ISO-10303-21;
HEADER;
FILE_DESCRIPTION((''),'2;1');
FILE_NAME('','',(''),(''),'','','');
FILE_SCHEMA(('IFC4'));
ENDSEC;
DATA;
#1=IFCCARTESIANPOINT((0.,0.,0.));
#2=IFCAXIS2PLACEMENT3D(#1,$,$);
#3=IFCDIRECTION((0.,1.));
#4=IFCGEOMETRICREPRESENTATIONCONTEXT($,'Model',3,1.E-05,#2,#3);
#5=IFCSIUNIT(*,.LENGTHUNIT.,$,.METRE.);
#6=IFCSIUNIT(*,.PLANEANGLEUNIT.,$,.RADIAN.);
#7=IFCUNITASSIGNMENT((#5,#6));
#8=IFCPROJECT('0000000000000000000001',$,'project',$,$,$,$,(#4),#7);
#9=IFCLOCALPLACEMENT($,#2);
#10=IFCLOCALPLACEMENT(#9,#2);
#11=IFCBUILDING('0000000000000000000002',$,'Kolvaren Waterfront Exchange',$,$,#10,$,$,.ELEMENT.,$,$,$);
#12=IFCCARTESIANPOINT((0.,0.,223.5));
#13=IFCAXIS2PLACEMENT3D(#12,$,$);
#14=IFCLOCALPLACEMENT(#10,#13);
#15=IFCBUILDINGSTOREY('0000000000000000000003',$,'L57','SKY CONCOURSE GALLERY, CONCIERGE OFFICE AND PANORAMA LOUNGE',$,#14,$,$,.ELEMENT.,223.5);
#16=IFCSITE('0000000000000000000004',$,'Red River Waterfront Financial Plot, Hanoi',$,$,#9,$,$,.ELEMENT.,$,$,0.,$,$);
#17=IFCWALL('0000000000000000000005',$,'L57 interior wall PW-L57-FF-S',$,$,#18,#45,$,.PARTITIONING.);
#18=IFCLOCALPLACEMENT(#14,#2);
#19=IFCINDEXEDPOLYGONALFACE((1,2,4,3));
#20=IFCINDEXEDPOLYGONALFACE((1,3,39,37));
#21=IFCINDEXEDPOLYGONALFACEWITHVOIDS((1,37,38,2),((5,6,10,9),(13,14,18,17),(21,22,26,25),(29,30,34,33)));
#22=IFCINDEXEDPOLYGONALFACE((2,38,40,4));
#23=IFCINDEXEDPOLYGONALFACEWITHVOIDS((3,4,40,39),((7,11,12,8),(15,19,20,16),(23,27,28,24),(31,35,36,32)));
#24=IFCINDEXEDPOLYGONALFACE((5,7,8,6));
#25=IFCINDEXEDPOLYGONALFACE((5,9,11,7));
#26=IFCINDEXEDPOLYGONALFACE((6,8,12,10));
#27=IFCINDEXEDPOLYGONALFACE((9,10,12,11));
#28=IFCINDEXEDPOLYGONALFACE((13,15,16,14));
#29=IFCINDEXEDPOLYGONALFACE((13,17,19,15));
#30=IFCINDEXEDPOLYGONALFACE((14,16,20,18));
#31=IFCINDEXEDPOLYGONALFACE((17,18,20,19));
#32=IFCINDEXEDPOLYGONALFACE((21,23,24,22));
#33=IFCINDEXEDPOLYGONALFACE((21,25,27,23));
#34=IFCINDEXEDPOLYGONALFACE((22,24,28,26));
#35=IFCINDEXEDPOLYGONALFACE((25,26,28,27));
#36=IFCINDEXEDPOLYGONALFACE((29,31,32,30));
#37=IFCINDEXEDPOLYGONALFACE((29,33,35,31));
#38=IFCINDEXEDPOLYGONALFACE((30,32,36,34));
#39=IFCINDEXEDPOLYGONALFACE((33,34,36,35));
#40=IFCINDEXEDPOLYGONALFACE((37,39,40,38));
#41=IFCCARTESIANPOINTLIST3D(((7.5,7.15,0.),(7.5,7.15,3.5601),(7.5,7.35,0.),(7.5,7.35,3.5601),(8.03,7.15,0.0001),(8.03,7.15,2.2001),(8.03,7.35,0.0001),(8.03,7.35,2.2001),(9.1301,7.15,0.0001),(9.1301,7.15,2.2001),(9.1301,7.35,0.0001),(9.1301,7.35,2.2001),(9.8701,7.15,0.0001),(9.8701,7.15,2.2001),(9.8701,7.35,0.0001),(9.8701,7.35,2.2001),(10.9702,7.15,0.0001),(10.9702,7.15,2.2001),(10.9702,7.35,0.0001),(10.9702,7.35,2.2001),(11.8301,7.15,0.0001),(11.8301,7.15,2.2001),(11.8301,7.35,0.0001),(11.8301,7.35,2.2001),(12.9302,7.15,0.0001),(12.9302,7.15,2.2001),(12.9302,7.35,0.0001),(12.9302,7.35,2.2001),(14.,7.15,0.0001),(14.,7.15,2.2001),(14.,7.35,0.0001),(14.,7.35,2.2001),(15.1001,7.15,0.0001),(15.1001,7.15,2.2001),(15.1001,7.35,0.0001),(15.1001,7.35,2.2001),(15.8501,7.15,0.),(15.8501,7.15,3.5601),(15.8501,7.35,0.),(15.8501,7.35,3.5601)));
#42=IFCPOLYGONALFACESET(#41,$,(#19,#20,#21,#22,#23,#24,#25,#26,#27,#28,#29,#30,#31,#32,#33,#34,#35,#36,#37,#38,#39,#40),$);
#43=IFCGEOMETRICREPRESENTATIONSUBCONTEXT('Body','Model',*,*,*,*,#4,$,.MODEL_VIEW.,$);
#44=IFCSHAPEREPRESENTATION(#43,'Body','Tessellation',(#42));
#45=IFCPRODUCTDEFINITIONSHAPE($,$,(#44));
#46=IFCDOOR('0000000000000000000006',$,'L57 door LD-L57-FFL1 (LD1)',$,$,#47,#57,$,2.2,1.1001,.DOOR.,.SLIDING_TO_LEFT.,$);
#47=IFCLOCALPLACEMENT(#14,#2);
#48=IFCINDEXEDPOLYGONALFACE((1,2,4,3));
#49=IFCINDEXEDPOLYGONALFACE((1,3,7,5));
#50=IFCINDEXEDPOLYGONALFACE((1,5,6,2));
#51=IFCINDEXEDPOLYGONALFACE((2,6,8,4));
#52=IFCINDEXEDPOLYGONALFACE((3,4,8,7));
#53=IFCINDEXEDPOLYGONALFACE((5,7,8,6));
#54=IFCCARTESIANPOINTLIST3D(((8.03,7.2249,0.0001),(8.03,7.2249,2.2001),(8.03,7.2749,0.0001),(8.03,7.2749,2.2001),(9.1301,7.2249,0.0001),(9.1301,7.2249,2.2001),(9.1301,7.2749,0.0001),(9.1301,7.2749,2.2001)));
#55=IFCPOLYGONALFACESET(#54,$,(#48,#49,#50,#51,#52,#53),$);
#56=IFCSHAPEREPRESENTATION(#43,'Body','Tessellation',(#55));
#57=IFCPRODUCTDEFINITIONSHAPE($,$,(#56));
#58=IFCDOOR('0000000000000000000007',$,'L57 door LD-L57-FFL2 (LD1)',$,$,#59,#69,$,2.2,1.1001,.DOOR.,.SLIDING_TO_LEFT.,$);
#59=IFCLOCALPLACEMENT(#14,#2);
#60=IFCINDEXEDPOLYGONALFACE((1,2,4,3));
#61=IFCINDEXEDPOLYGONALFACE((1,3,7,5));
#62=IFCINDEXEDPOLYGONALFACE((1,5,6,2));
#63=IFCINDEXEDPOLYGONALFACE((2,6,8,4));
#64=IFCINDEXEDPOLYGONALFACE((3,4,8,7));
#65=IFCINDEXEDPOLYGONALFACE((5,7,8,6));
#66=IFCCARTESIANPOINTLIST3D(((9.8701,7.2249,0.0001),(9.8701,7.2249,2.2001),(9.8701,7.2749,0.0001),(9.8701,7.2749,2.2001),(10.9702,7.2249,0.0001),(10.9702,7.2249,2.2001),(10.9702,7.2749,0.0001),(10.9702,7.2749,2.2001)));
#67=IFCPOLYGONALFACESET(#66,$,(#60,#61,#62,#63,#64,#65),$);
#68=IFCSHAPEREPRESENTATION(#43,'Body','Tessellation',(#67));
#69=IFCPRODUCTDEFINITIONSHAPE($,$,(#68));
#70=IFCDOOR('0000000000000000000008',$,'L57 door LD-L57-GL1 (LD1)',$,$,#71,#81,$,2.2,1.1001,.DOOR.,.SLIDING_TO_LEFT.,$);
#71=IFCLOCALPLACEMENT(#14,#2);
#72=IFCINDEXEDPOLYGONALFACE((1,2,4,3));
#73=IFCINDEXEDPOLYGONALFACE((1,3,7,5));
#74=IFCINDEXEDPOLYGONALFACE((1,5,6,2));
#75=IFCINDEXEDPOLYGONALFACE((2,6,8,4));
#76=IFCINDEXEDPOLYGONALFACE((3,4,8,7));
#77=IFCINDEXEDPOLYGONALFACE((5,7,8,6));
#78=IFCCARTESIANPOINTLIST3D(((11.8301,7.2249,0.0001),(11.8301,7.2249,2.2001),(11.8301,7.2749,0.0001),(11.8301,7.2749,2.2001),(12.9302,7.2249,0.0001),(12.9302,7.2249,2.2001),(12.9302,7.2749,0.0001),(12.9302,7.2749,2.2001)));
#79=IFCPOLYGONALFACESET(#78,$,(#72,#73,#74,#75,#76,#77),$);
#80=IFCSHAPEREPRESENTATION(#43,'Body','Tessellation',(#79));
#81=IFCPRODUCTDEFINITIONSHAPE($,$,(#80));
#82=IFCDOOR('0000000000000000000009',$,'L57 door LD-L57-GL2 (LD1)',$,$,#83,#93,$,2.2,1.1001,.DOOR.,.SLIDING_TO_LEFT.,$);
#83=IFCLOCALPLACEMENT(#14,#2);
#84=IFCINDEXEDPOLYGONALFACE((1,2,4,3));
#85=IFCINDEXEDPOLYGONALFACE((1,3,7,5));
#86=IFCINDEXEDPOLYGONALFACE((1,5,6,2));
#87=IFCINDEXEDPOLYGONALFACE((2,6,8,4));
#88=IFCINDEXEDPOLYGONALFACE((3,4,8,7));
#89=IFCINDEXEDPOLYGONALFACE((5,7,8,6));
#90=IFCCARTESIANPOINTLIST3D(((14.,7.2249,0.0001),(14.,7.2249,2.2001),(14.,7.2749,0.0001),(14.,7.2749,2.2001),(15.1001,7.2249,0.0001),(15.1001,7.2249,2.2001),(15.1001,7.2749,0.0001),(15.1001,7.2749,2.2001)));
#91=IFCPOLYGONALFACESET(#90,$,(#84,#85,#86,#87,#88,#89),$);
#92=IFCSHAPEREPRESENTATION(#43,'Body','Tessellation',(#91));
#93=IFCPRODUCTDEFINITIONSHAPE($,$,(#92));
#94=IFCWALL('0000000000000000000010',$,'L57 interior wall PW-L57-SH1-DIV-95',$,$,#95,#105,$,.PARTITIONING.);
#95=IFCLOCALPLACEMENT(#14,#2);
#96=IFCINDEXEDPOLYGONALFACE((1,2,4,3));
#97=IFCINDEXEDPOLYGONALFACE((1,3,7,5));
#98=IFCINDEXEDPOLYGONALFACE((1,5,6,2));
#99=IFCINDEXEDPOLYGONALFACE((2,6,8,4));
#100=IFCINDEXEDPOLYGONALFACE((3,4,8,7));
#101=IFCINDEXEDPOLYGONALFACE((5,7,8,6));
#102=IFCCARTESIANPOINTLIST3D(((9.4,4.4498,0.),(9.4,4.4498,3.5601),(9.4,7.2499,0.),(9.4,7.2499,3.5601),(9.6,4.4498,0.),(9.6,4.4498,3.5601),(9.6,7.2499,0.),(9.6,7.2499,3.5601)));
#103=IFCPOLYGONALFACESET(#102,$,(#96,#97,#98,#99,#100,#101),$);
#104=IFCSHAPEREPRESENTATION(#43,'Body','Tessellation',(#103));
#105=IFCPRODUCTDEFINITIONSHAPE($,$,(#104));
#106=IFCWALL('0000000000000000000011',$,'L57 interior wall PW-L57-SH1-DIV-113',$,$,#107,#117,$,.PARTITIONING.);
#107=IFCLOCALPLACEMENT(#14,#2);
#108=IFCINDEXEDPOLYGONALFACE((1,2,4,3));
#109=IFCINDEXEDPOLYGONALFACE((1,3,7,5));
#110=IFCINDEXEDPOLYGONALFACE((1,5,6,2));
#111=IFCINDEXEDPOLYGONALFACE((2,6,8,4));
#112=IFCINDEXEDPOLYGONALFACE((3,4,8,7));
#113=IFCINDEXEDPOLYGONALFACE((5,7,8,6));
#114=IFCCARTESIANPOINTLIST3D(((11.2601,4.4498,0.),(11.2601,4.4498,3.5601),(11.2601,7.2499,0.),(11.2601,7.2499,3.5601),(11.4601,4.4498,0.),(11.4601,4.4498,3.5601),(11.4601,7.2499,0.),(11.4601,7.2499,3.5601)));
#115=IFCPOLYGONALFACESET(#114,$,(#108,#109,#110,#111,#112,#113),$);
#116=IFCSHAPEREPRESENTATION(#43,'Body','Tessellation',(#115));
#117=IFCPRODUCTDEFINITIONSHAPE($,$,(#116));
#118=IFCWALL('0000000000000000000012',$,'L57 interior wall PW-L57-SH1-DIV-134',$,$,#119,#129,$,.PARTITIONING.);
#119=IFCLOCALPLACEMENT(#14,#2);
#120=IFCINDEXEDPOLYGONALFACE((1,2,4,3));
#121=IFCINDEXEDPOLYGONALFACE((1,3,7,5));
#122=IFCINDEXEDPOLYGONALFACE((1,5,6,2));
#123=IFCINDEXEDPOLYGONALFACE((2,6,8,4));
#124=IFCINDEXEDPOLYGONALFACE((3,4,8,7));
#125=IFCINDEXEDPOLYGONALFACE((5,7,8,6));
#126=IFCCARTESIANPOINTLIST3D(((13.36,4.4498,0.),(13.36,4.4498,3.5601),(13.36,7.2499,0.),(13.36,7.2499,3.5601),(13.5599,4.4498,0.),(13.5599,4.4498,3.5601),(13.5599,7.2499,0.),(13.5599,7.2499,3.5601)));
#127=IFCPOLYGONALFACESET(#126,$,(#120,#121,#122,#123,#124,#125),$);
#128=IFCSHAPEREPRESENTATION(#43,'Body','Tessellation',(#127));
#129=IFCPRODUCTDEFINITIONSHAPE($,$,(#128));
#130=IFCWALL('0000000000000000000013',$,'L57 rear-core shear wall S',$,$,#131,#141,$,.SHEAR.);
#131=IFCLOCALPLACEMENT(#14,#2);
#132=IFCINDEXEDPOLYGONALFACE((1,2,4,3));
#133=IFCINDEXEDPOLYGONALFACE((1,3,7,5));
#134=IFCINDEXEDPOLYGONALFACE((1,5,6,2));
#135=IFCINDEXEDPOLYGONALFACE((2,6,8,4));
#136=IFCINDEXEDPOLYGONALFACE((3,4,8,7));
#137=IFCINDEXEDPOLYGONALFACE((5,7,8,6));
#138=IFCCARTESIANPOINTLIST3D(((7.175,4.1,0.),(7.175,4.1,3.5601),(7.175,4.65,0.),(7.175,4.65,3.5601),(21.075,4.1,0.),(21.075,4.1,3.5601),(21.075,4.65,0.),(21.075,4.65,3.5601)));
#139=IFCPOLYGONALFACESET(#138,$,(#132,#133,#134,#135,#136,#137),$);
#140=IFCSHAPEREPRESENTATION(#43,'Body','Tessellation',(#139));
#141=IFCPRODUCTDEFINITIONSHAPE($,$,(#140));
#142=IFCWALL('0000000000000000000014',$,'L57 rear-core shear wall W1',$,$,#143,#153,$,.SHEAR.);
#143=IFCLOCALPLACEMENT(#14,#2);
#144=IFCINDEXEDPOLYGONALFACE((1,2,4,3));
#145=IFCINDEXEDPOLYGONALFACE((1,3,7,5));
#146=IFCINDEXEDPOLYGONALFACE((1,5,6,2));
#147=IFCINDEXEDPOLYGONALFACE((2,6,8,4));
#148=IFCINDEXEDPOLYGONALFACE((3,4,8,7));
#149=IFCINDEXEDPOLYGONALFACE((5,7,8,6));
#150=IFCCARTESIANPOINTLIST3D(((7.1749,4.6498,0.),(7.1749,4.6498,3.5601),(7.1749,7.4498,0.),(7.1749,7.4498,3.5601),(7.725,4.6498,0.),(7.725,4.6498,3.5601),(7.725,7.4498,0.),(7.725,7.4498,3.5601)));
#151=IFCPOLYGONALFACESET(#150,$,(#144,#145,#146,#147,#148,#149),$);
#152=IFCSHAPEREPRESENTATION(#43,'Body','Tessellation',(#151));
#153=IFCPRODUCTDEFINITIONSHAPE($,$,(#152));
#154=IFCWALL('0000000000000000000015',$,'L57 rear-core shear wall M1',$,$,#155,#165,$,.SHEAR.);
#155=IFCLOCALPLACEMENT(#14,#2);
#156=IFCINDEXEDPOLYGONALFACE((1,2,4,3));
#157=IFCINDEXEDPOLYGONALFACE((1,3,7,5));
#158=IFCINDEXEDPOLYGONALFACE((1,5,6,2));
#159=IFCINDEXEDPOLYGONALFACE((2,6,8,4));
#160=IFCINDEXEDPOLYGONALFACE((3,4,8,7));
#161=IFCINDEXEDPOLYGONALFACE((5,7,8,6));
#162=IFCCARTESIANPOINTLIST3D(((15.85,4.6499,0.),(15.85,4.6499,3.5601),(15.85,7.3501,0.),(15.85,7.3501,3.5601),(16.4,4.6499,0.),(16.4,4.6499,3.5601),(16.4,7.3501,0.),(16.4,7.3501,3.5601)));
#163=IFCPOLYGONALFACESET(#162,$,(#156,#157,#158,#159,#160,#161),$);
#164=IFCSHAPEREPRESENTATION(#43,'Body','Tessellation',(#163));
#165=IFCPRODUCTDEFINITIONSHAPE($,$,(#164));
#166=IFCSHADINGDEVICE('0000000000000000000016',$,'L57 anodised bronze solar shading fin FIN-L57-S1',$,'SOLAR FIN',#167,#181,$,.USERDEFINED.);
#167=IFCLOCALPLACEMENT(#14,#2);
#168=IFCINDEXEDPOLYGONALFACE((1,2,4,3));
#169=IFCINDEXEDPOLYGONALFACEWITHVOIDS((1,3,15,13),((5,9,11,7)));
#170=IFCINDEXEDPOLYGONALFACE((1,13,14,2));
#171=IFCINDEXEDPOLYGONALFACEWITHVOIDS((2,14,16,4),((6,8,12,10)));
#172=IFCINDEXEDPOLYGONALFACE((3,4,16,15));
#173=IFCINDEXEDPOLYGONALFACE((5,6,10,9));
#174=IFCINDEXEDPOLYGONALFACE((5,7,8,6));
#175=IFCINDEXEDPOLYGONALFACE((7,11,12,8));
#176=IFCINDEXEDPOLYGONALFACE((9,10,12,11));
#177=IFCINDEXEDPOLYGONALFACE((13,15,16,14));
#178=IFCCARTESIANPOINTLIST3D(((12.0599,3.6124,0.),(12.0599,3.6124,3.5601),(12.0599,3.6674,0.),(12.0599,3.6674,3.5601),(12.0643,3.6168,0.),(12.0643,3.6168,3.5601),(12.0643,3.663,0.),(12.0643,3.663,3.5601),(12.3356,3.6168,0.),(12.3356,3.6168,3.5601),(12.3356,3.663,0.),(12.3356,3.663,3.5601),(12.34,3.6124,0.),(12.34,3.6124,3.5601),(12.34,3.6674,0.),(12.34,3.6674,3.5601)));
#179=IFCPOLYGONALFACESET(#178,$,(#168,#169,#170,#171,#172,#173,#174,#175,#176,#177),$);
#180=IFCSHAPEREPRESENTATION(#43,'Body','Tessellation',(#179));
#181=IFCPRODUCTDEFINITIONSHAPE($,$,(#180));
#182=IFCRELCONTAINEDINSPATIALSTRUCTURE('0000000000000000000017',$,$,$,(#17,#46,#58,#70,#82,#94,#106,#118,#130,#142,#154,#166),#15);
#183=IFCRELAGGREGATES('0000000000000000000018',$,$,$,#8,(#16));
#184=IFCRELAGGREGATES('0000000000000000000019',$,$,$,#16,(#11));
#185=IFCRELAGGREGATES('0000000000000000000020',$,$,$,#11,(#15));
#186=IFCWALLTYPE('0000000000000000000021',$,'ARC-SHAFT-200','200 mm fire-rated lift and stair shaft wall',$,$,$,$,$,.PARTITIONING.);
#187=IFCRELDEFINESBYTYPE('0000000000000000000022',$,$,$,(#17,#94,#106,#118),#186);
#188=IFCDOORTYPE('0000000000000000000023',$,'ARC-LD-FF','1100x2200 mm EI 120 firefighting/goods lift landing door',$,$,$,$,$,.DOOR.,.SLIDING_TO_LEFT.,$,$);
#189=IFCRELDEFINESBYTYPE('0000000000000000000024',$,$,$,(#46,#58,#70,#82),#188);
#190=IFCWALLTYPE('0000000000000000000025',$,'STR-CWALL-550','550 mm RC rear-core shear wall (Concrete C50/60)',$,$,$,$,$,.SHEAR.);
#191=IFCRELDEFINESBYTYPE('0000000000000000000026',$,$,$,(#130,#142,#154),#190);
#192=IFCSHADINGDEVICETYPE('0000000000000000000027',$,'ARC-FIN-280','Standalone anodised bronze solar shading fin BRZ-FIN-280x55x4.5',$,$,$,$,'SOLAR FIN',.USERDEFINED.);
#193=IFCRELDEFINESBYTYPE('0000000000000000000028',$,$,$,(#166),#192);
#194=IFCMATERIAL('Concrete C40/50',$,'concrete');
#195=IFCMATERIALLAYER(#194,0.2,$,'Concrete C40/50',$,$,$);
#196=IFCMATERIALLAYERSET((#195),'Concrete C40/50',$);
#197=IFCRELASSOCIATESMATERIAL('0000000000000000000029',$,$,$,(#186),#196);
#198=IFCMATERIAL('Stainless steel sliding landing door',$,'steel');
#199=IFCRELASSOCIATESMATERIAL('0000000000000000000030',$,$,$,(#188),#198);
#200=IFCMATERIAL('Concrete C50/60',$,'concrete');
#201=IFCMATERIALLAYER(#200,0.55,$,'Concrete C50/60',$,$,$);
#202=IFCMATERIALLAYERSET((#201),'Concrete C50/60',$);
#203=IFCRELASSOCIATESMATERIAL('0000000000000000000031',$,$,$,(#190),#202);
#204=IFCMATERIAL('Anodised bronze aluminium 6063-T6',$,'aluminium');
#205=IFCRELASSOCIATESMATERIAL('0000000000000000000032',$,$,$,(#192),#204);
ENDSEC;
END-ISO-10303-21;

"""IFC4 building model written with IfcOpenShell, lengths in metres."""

from ifc_helpers import new_model, si_unit, direction, frame, frame_2d, origin, origin_2d, place, context, subcontext, project, spatial, rectangle, hollow_rectangle, extrude, material, layer, layer_set, material_profile, profile_set, type_object, element, fill, save


model = new_model("IFC4")

# Units and contexts
model_context = context("Model", 3, precision=1e-05, world=origin(), true_north=direction((0.0, 1.0)))
body_context = subcontext(model_context, "Body", "Model", "MODEL_VIEW")
ifc_project = project(units=[si_unit("LENGTHUNIT", "METRE"), si_unit("PLANEANGLEUNIT", "RADIAN")], contexts=[model_context])

# Site, building, storey
site_placement = place(None, origin())
site = spatial("IfcSite", under=ifc_project, at=site_placement, Name="Red River Waterfront Financial Plot, Hanoi", CompositionType="ELEMENT", RefElevation=0.0)
building_placement = place(site_placement, origin())
building = spatial("IfcBuilding", under=site, at=building_placement, Name="Kolvaren Waterfront Exchange", CompositionType="ELEMENT")
storey_placement = place(building_placement, frame((0.0, 0.0, 223.5)))
storey = spatial("IfcBuildingStorey", under=building, at=storey_placement, Name="L57", Description="SKY CONCOURSE GALLERY, CONCIERGE OFFICE AND PANORAMA LOUNGE", CompositionType="ELEMENT", Elevation=223.5)

# Shared definitions
ifc_material_1 = material(Name="Concrete C50/60", Category="concrete")

# Shared definitions
ifc_material_2 = material(Name="Anodised bronze aluminium 6063-T6", Category="aluminium")

# Shared definitions
ifc_material_3 = material(Name="Concrete C40/50", Category="concrete")
ifc_layer_1 = layer(ifc_material_3, 0.2, Name="Concrete C40/50")
ifc_layer_set_1 = layer_set([ifc_layer_1], Name="Concrete C40/50")
wall_type_1 = type_object("IfcWallType", Name="ARC-SHAFT-200", Description="200 mm fire-rated lift and stair shaft wall", PredefinedType="PARTITIONING", material=ifc_layer_set_1)

# Wall, openings, doors
wall_1_placement = place(storey_placement, frame((7.5, 7.25, 0.0), z_axis=(0.0, 0.0, 1.0), x_axis=(1.0, 0.0, 0.0)))
wall_1 = element("IfcWall", 1, at=wall_1_placement, inside=storey, type_object=wall_type_1, Name="L57 interior wall PW-L57-FF-S", PredefinedType="PARTITIONING", context=body_context, shape_type="SweptSolid", body=[
    extrude(rectangle(XDim=8.3501, YDim=0.2, at=frame_2d((4.175, 0.0))), origin(), (0.0, 0.0, 1.0), 3.5601),
])
opening_1_placement = place(wall_1_placement, frame((0.53, 0.0, 0.0)))
opening_1 = element("IfcOpeningElement", 2, at=opening_1_placement, cuts=wall_1, PredefinedType="OPENING", context=body_context, shape_type="SweptSolid", body=[
    extrude(rectangle(XDim=1.1001, YDim=2.2, at=frame_2d((0.55, 1.1001))), frame((0.0, 0.1099, 0.0), z_axis=(0.0, -1.0, 0.0), x_axis=(1.0, 0.0, 0.0)), (0.0, 0.0, 1.0), 0.22),
])
opening_2_placement = place(wall_1_placement, frame((2.3701, 0.0, 0.0)))
opening_2 = element("IfcOpeningElement", 3, at=opening_2_placement, cuts=wall_1, PredefinedType="OPENING", context=body_context, shape_type="SweptSolid", body=[
    extrude(rectangle(XDim=1.1001, YDim=2.2, at=frame_2d((0.55, 1.1001))), frame((0.0, 0.1099, 0.0), z_axis=(0.0, -1.0, 0.0), x_axis=(1.0, 0.0, 0.0)), (0.0, 0.0, 1.0), 0.22),
])
opening_3_placement = place(wall_1_placement, frame((4.3301, 0.0, 0.0)))
opening_3 = element("IfcOpeningElement", 4, at=opening_3_placement, cuts=wall_1, PredefinedType="OPENING", context=body_context, shape_type="SweptSolid", body=[
    extrude(rectangle(XDim=1.1001, YDim=2.2, at=frame_2d((0.55, 1.1001))), frame((0.0, 0.1099, 0.0), z_axis=(0.0, -1.0, 0.0), x_axis=(1.0, 0.0, 0.0)), (0.0, 0.0, 1.0), 0.22),
])
opening_4_placement = place(wall_1_placement, frame((6.5, 0.0, 0.0)))
opening_4 = element("IfcOpeningElement", 5, at=opening_4_placement, cuts=wall_1, PredefinedType="OPENING", context=body_context, shape_type="SweptSolid", body=[
    extrude(rectangle(XDim=1.1001, YDim=2.2, at=frame_2d((0.55, 1.1001))), frame((0.0, 0.1099, 0.0), z_axis=(0.0, -1.0, 0.0), x_axis=(1.0, 0.0, 0.0)), (0.0, 0.0, 1.0), 0.22),
])
ifc_material_4 = material(Name="Stainless steel sliding landing door", Category="steel")
door_type = type_object("IfcDoorType", Name="ARC-LD-FF", Description="1100x2200 mm EI 120 firefighting/goods lift landing door", OperationType="SLIDING_TO_LEFT", PredefinedType="DOOR", material=ifc_material_4)
door_1_placement = place(opening_1_placement, origin())
door_1 = element("IfcDoor", 6, at=door_1_placement, inside=storey, type_object=door_type, Name="L57 door LD-L57-FFL1 (LD1)", OperationType="SLIDING_TO_LEFT", OverallHeight=2.2, OverallWidth=1.1001, PredefinedType="DOOR", context=body_context, shape_type="SweptSolid", body=[
    extrude(rectangle(XDim=1.1001, YDim=2.2, at=frame_2d((0.55, 1.1001))), frame((0.0, 0.0249, 0.0), z_axis=(0.0, -1.0, 0.0), x_axis=(1.0, 0.0, 0.0)), (0.0, 0.0, 1.0), 0.05),
])
fill(opening_1, door_1)
door_2_placement = place(opening_2_placement, origin())
door_2 = element("IfcDoor", 7, at=door_2_placement, inside=storey, type_object=door_type, Name="L57 door LD-L57-FFL2 (LD1)", OperationType="SLIDING_TO_LEFT", OverallHeight=2.2, OverallWidth=1.1001, PredefinedType="DOOR", context=body_context, shape_type="SweptSolid", body=[
    extrude(rectangle(XDim=1.1001, YDim=2.2, at=frame_2d((0.55, 1.1001))), frame((0.0, 0.0249, 0.0), z_axis=(0.0, -1.0, 0.0), x_axis=(1.0, 0.0, 0.0)), (0.0, 0.0, 1.0), 0.05),
])
fill(opening_2, door_2)
door_3_placement = place(opening_3_placement, origin())
door_3 = element("IfcDoor", 8, at=door_3_placement, inside=storey, type_object=door_type, Name="L57 door LD-L57-GL1 (LD1)", OperationType="SLIDING_TO_LEFT", OverallHeight=2.2, OverallWidth=1.1001, PredefinedType="DOOR", context=body_context, shape_type="SweptSolid", body=[
    extrude(rectangle(XDim=1.1001, YDim=2.2, at=frame_2d((0.55, 1.1001))), frame((0.0, 0.0249, 0.0), z_axis=(0.0, -1.0, 0.0), x_axis=(1.0, 0.0, 0.0)), (0.0, 0.0, 1.0), 0.05),
])
fill(opening_3, door_3)
door_4_placement = place(opening_4_placement, origin())
door_4 = element("IfcDoor", 9, at=door_4_placement, inside=storey, type_object=door_type, Name="L57 door LD-L57-GL2 (LD1)", OperationType="SLIDING_TO_LEFT", OverallHeight=2.2, OverallWidth=1.1001, PredefinedType="DOOR", context=body_context, shape_type="SweptSolid", body=[
    extrude(rectangle(XDim=1.1001, YDim=2.2, at=frame_2d((0.55, 1.1001))), frame((0.0, 0.0249, 0.0), z_axis=(0.0, -1.0, 0.0), x_axis=(1.0, 0.0, 0.0)), (0.0, 0.0, 1.0), 0.05),
])
fill(opening_4, door_4)

# Walls
for number, where, z_axis, x_axis, name in (
    (10, (9.5, 4.45, 0.0), (0.0, 0.0, 1.0), (0.0, 1.0, 0.0), "L57 interior wall PW-L57-SH1-DIV-95"),
    (11, (11.3601, 4.45, 0.0), (0.0, 0.0, 1.0), (0.0, 1.0, 0.0), "L57 interior wall PW-L57-SH1-DIV-113"),
    (12, (13.46, 4.45, 0.0), (0.0, 0.0, 1.0), (0.0, 1.0, 0.0), "L57 interior wall PW-L57-SH1-DIV-134"),
):
    element("IfcWall", number, at=place(storey_placement, frame(where, z_axis=z_axis, x_axis=x_axis)), inside=storey, type_object=wall_type_1, Name=name, PredefinedType="PARTITIONING", context=body_context, shape_type="SweptSolid", body=[
        extrude(rectangle(XDim=2.8, YDim=0.2, at=frame_2d((1.3999, 0.0))), origin(), (0.0, 0.0, 1.0), 3.5601),
    ])
ifc_layer_2 = layer(ifc_material_1, 0.55, Name="Concrete C50/60")
ifc_layer_set_2 = layer_set([ifc_layer_2], Name="Concrete C50/60")
wall_type_2 = type_object("IfcWallType", Name="STR-CWALL-550", Description="550 mm RC rear-core shear wall (Concrete C50/60)", PredefinedType="SHEAR", material=ifc_layer_set_2)
wall_2_placement = place(storey_placement, frame((7.175, 4.375, 0.0), z_axis=(0.0, 0.0, 1.0), x_axis=(1.0, 0.0, 0.0)))
element("IfcWall", 13, at=wall_2_placement, inside=storey, type_object=wall_type_2, Name="L57 rear-core shear wall S", PredefinedType="SHEAR", context=body_context, shape_type="SweptSolid", body=[
    extrude(rectangle(XDim=13.8999, YDim=0.55, at=frame_2d((6.95, 0.0))), origin(), (0.0, 0.0, 1.0), 3.5601),
])
wall_3_placement = place(storey_placement, frame((7.45, 4.6499, 0.0), z_axis=(0.0, 0.0, 1.0), x_axis=(0.0, 1.0, 0.0)))
element("IfcWall", 14, at=wall_3_placement, inside=storey, type_object=wall_type_2, Name="L57 rear-core shear wall W1", PredefinedType="SHEAR", context=body_context, shape_type="SweptSolid", body=[
    extrude(rectangle(XDim=2.8, YDim=0.55, at=frame_2d((1.3999, 0.0))), origin(), (0.0, 0.0, 1.0), 3.5601),
])
wall_4_placement = place(storey_placement, frame((16.125, 4.6499, 0.0), z_axis=(0.0, 0.0, 1.0), x_axis=(0.0, 1.0, 0.0)))
element("IfcWall", 15, at=wall_4_placement, inside=storey, type_object=wall_type_2, Name="L57 rear-core shear wall M1", PredefinedType="SHEAR", context=body_context, shape_type="SweptSolid", body=[
    extrude(rectangle(XDim=2.7002, YDim=0.55, at=frame_2d((1.3501, 0.0))), origin(), (0.0, 0.0, 1.0), 3.5601),
])

# Shading device
ifc_material_profile_1 = material_profile(ifc_material_2, hollow_rectangle(XDim=0.0549, YDim=0.28, WallThickness=0.0044, at=origin_2d()), Name="BRZ-FIN-280x55x4.5")
ifc_profile_set_1 = profile_set([ifc_material_profile_1], Name="Anodised bronze aluminium 6063-T6")
shading_device_type = type_object("IfcShadingDeviceType", Name="ARC-FIN-280", Description="Standalone anodised bronze solar shading fin BRZ-FIN-280x55x4.5", ElementType="SOLAR FIN", PredefinedType="USERDEFINED", material=ifc_profile_set_1)
shading_device_placement = place(storey_placement, frame((12.2, 3.6399, 0.0), z_axis=(0.0, 0.0, 1.0), x_axis=(0.0, -1.0, 0.0)))
element("IfcShadingDevice", 16, at=shading_device_placement, inside=storey, type_object=shading_device_type, Name="L57 anodised bronze solar shading fin FIN-L57-S1", ObjectType="SOLAR FIN", PredefinedType="USERDEFINED", context=body_context, shape_type="SweptSolid", body=[
    extrude(hollow_rectangle(XDim=0.0549, YDim=0.28, WallThickness=0.0044, at=origin_2d()), origin(), (0.0, 0.0, 1.0), 3.5601),
])

save(model, "model.ifc")
